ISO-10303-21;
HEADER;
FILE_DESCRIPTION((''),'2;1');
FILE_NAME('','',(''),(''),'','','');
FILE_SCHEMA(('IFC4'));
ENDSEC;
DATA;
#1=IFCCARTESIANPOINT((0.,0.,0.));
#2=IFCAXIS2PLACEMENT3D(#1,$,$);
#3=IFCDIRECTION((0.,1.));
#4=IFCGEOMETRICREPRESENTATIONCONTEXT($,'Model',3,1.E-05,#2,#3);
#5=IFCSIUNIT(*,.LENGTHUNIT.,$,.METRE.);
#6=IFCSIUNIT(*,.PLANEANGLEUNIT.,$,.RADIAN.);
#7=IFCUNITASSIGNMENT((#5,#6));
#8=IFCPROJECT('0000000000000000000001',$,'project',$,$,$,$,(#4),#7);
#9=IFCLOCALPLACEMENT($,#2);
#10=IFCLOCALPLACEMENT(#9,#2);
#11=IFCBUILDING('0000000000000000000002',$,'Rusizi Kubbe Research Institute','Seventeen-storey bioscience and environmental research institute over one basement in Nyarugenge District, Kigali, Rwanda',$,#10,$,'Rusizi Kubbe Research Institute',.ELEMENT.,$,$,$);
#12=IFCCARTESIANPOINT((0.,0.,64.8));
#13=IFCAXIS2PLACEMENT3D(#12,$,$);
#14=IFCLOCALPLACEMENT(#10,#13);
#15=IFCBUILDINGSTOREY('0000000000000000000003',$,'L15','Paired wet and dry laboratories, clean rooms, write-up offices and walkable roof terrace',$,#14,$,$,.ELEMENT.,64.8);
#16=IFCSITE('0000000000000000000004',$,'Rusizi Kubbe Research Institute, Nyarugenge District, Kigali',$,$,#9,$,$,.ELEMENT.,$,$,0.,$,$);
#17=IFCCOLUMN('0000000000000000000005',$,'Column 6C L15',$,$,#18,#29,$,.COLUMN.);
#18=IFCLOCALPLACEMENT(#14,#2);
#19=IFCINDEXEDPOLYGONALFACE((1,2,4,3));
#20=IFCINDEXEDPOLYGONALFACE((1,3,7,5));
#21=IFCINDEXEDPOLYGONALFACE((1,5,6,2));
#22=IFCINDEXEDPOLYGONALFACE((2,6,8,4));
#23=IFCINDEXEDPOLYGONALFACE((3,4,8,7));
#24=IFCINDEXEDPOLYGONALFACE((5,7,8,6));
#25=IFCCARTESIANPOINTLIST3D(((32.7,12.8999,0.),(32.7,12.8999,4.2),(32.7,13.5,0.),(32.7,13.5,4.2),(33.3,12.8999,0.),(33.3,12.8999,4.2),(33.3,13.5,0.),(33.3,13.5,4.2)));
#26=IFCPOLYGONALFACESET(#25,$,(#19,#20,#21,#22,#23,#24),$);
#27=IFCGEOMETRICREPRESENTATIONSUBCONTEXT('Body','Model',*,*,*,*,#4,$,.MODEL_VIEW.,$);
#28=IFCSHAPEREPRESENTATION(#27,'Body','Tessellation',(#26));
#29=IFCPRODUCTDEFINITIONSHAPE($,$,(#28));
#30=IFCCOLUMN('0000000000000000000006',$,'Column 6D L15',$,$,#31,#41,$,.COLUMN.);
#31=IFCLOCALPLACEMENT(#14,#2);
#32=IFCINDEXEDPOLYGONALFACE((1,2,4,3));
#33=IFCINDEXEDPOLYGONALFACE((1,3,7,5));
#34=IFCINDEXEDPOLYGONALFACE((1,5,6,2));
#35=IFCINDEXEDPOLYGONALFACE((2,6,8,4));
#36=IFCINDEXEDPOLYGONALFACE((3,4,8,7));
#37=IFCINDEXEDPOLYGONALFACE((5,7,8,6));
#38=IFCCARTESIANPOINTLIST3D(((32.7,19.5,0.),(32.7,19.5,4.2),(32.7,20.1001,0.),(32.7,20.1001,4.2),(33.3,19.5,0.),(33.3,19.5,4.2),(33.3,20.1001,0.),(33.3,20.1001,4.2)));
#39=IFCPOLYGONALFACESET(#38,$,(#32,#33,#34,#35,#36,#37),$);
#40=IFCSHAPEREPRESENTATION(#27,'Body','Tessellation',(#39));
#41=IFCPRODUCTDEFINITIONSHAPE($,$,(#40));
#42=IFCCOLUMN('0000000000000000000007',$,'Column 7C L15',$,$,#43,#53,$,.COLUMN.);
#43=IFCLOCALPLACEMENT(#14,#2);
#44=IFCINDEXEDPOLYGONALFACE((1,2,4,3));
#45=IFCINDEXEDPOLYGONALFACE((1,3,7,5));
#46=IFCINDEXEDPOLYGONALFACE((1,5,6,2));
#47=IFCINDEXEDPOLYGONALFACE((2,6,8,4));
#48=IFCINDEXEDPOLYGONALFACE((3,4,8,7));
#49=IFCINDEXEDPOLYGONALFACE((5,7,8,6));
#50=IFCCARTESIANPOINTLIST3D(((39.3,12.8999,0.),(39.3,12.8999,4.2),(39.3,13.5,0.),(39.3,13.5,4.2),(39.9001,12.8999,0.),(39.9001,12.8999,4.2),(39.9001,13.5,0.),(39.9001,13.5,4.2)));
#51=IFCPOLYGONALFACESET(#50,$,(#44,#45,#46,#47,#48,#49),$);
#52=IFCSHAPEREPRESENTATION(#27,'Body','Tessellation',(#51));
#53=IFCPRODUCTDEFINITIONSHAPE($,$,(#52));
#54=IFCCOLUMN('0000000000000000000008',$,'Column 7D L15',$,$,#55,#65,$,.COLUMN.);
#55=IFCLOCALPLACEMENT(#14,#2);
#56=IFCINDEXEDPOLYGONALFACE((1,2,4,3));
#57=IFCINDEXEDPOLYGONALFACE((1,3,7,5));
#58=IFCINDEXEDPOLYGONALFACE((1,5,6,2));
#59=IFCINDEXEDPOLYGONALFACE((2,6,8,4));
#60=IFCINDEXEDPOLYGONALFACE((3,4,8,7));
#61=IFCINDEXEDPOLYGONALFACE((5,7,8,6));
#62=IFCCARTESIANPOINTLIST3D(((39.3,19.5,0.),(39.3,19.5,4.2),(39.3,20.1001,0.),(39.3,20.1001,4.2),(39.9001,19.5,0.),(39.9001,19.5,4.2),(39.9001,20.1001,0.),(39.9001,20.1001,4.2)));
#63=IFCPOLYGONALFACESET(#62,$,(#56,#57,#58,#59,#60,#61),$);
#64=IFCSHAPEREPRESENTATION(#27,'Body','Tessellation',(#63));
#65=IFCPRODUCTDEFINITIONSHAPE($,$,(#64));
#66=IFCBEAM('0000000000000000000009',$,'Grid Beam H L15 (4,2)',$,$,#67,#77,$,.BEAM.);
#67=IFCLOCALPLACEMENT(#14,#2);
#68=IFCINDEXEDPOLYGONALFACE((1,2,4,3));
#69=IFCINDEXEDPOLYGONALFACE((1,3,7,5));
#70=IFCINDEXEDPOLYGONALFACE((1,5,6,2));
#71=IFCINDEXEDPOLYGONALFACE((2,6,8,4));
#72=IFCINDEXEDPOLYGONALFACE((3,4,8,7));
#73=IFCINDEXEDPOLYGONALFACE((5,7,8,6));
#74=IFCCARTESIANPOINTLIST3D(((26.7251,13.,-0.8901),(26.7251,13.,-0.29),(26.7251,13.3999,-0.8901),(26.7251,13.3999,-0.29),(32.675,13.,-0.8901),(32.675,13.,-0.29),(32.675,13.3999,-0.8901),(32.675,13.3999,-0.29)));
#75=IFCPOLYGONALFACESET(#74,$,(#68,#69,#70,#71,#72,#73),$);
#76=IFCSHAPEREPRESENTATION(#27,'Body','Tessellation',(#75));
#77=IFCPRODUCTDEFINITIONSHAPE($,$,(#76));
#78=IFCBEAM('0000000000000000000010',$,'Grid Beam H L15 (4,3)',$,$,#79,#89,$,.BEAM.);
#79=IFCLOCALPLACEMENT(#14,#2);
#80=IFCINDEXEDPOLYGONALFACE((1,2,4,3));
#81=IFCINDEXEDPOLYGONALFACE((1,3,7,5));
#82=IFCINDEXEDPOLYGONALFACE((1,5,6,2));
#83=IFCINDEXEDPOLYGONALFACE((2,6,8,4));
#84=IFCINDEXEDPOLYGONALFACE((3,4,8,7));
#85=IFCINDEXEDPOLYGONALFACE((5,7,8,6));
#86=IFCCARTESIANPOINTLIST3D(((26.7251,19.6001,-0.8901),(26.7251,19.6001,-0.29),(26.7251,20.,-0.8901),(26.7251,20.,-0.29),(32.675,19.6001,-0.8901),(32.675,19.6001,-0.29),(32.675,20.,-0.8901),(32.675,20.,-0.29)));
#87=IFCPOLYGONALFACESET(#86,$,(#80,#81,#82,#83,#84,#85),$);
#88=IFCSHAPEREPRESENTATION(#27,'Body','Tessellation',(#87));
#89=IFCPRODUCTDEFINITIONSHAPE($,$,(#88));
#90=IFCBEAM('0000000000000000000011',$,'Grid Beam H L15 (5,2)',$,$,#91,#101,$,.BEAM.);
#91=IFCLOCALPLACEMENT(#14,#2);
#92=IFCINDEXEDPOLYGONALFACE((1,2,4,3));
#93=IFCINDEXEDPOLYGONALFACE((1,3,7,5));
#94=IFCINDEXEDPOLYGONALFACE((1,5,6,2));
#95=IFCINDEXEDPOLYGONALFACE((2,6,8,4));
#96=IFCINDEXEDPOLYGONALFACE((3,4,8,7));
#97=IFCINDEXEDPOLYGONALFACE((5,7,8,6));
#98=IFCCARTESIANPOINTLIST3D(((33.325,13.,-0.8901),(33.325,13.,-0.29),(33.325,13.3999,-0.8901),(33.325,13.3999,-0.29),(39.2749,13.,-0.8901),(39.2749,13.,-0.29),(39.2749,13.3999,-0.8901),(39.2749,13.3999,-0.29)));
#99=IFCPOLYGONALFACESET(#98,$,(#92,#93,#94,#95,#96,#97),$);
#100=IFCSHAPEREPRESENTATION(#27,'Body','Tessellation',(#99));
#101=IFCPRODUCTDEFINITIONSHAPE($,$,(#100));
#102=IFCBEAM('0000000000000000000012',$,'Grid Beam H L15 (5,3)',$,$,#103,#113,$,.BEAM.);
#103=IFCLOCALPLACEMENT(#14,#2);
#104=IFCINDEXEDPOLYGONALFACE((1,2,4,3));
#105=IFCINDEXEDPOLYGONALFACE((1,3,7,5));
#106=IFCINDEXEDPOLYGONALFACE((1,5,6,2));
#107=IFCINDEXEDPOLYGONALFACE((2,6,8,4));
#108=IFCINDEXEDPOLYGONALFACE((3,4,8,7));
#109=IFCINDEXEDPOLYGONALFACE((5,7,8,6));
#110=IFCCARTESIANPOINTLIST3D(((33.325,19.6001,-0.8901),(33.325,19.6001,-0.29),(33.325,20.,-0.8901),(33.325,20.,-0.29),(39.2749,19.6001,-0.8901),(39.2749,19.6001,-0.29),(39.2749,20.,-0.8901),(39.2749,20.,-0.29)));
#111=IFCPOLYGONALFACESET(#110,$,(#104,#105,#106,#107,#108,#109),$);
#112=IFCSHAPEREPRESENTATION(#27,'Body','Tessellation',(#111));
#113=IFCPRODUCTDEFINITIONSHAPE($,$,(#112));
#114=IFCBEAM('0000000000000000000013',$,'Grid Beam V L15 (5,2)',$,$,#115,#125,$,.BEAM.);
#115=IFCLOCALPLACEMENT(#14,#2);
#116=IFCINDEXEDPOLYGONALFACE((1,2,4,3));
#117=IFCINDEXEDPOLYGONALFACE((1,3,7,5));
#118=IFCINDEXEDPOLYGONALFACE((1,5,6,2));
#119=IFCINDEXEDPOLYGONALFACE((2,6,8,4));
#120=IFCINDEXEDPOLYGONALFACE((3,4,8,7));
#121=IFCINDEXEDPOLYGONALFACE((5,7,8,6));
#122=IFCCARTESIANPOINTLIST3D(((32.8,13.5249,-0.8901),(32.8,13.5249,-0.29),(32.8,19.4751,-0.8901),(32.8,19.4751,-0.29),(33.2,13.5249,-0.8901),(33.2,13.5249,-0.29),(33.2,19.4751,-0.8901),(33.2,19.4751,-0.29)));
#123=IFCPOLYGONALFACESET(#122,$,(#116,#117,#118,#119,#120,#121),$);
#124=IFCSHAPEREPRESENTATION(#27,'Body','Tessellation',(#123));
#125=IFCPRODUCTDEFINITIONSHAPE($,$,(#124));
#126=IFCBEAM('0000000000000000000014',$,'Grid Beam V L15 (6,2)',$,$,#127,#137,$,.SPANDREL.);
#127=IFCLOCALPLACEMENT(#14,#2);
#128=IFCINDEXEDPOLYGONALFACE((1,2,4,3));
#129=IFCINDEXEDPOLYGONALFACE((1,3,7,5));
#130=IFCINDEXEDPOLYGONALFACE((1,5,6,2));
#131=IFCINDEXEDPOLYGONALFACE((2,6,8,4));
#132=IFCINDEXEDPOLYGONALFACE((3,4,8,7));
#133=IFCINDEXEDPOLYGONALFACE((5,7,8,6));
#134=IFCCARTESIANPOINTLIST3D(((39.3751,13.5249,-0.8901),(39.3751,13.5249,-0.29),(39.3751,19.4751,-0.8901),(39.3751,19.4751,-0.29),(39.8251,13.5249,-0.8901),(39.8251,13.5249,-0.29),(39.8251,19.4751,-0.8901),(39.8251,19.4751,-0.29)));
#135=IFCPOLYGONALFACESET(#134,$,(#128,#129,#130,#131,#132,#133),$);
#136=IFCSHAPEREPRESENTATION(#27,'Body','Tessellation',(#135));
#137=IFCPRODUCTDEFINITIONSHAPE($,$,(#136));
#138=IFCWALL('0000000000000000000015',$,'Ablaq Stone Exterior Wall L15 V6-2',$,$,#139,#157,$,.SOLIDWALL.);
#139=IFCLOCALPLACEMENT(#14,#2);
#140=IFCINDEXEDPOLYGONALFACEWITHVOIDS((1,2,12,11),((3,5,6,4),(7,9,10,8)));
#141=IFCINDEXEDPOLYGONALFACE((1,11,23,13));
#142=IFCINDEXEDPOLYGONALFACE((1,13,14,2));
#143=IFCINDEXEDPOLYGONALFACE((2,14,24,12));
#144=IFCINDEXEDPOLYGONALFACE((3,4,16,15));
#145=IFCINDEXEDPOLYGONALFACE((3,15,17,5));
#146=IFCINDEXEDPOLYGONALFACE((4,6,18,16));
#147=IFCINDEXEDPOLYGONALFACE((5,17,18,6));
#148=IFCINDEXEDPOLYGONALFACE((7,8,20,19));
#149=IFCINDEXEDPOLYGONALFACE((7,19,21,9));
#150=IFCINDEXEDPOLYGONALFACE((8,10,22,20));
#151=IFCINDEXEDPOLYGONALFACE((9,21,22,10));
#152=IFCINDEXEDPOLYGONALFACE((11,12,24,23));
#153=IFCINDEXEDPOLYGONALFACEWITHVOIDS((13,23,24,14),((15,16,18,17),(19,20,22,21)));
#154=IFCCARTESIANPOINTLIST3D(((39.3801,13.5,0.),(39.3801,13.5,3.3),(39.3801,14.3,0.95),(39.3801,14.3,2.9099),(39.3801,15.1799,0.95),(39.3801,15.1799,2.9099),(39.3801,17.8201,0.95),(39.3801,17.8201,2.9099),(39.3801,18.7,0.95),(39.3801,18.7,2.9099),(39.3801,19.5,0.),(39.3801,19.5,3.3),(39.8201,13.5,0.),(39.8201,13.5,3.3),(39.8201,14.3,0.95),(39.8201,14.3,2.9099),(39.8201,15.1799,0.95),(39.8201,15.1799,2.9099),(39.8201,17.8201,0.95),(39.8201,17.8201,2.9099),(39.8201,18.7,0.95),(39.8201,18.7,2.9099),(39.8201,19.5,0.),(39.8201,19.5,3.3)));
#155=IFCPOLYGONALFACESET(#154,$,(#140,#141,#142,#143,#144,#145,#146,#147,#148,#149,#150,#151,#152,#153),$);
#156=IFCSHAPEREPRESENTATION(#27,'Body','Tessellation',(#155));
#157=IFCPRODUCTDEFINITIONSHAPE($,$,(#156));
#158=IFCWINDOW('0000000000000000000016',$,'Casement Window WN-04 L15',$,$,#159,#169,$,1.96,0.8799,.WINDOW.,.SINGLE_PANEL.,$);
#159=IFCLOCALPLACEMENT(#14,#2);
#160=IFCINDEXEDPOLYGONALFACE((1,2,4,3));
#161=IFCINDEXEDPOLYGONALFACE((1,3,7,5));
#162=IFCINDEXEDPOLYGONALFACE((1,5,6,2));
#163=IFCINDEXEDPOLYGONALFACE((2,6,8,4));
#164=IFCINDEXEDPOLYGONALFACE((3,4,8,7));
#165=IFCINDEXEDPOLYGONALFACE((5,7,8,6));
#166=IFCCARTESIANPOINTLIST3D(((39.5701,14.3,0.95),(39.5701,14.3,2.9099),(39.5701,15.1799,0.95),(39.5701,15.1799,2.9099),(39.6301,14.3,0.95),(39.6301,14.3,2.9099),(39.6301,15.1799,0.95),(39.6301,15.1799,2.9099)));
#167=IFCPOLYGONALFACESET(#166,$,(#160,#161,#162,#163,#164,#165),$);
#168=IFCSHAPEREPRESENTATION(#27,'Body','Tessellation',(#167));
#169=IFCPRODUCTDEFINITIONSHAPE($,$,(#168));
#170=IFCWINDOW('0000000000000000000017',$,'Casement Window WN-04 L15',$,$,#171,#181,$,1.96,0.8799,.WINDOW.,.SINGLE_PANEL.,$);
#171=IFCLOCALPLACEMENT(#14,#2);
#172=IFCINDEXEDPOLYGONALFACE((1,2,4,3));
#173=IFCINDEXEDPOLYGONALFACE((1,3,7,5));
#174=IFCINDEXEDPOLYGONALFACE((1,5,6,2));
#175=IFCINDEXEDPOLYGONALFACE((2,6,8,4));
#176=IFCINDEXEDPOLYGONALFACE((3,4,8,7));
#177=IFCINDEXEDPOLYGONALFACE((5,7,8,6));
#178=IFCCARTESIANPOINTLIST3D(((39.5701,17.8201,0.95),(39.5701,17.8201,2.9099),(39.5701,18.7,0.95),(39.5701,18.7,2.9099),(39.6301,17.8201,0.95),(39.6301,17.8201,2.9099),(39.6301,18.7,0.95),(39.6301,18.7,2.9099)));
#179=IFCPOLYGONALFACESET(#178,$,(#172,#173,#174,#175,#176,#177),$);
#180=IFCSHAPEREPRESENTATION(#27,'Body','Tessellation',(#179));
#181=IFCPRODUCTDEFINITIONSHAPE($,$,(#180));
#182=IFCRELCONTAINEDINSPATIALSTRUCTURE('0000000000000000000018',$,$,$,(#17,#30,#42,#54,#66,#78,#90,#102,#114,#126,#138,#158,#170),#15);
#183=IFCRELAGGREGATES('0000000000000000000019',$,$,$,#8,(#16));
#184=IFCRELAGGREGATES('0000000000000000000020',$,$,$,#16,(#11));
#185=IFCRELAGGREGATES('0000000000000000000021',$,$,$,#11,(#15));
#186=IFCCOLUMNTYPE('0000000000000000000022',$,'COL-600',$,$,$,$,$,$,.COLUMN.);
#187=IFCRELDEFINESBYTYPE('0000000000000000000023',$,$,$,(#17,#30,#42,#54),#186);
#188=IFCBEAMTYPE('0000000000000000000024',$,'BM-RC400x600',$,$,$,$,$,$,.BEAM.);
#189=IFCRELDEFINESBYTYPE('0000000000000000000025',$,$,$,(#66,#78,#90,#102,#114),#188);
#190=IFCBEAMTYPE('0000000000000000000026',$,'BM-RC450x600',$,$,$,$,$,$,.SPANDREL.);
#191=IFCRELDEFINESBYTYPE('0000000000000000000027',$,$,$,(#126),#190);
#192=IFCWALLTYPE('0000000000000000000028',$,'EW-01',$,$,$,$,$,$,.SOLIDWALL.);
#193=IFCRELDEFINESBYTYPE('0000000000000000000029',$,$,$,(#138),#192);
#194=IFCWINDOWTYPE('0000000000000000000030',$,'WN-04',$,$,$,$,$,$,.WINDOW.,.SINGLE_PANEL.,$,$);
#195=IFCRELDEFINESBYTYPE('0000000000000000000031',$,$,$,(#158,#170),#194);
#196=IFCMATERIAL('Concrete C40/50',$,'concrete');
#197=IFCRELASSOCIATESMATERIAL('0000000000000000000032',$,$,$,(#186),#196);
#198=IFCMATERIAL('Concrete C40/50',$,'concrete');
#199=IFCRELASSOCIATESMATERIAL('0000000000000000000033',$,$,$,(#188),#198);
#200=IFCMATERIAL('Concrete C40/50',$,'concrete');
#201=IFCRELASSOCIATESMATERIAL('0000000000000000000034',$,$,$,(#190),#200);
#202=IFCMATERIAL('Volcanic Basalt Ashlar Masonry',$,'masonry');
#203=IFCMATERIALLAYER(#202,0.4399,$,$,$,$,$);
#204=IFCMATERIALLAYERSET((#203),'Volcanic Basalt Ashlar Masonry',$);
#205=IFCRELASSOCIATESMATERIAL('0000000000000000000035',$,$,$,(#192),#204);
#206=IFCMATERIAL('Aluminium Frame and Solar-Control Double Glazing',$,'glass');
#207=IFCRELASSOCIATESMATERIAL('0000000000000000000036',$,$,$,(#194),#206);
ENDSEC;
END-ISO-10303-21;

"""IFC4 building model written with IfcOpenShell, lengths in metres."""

from ifc_helpers import new_model, si_unit, direction, frame, frame_2d, origin, origin_2d, place, context, subcontext, project, spatial, rectangle, extrude, material, layer, layer_set, material_profile, profile_set, type_object, element, fill, save


model = new_model("IFC4")

# Units and contexts
model_context = context("Model", 3, precision=1e-05, world=origin(), true_north=direction((0.0, 1.0)))
body_context = subcontext(model_context, "Body", "Model", "MODEL_VIEW")
ifc_project = project(units=[si_unit("LENGTHUNIT", "METRE"), si_unit("PLANEANGLEUNIT", "RADIAN")], contexts=[model_context])

# Site, building, storey
site_placement = place(None, origin())
site = spatial("IfcSite", under=ifc_project, at=site_placement, Name="Rusizi Kubbe Research Institute, Nyarugenge District, Kigali", CompositionType="ELEMENT", RefElevation=0.0)
building_placement = place(site_placement, origin())
building = spatial("IfcBuilding", under=site, at=building_placement, Name="Rusizi Kubbe Research Institute", Description="Seventeen-storey bioscience and environmental research institute over one basement in Nyarugenge District, Kigali, Rwanda", LongName="Rusizi Kubbe Research Institute", CompositionType="ELEMENT")
storey_placement = place(building_placement, frame((0.0, 0.0, 64.8)))
storey = spatial("IfcBuildingStorey", under=building, at=storey_placement, Name="L15", Description="Paired wet and dry laboratories, clean rooms, write-up offices and walkable roof terrace", CompositionType="ELEMENT", Elevation=64.8)

# Columns
ifc_material_1 = material(Name="Concrete C40/50", Category="concrete")
ifc_material_profile_1 = material_profile(ifc_material_1, rectangle(XDim=0.6001, YDim=0.6001, at=origin_2d()), Name="RC600x600")
ifc_profile_set_1 = profile_set([ifc_material_profile_1], Name="Concrete C40/50")
column_type = type_object("IfcColumnType", Name="COL-600", PredefinedType="COLUMN", material=ifc_profile_set_1)
for number, where, z_axis, x_axis, name in (
    (1, (33.0, 13.2, 0.0), (0.0, 0.0, 1.0), (1.0, 0.0, 0.0), "Column 6C L15"),
    (2, (33.0, 19.8, 0.0), (0.0, 0.0, 1.0), (1.0, 0.0, 0.0), "Column 6D L15"),
    (3, (39.6001, 13.2, 0.0), (0.0, 0.0, 1.0), (1.0, 0.0, 0.0), "Column 7C L15"),
    (4, (39.6001, 19.8, 0.0), (0.0, 0.0, 1.0), (1.0, 0.0, 0.0), "Column 7D L15"),
):
    element("IfcColumn", number, at=place(storey_placement, frame(where, z_axis=z_axis, x_axis=x_axis)), inside=storey, type_object=column_type, Name=name, PredefinedType="COLUMN", context=body_context, shape_type="SweptSolid", body=[
        extrude(rectangle(XDim=0.6001, YDim=0.6001, at=origin_2d()), origin(), (0.0, 0.0, 1.0), 4.2),
    ])

# Beams
ifc_material_2 = material(Name="Concrete C40/50", Category="concrete")
ifc_material_profile_2 = material_profile(ifc_material_2, rectangle(XDim=0.3999, YDim=0.6001, at=origin_2d()), Name="RC400x600")
ifc_profile_set_2 = profile_set([ifc_material_profile_2], Name="Concrete C40/50")
beam_type_1 = type_object("IfcBeamType", Name="BM-RC400x600", PredefinedType="BEAM", material=ifc_profile_set_2)
for number, where, z_axis, x_axis, name in (
    (5, (26.7251, 13.2, -0.5901), (1.0, 0.0, 0.0), (0.0, 1.0, 0.0), "Grid Beam H L15 (4,2)"),
    (6, (26.7251, 19.8, -0.5901), (1.0, 0.0, 0.0), (0.0, 1.0, 0.0), "Grid Beam H L15 (4,3)"),
    (7, (33.325, 13.2, -0.5901), (1.0, 0.0, 0.0), (0.0, 1.0, 0.0), "Grid Beam H L15 (5,2)"),
    (8, (33.325, 19.8, -0.5901), (1.0, 0.0, 0.0), (0.0, 1.0, 0.0), "Grid Beam H L15 (5,3)"),
):
    element("IfcBeam", number, at=place(storey_placement, frame(where, z_axis=z_axis, x_axis=x_axis)), inside=storey, type_object=beam_type_1, Name=name, PredefinedType="BEAM", context=body_context, shape_type="SweptSolid", body=[
        extrude(rectangle(XDim=0.3999, YDim=0.6001, at=origin_2d()), origin(), (0.0, 0.0, 1.0), 5.95),
    ])
beam_1_placement = place(storey_placement, frame((33.0, 13.5249, -0.5901), z_axis=(0.0, 1.0, 0.0), x_axis=(-1.0, 0.0, 0.0)))
element("IfcBeam", 9, at=beam_1_placement, inside=storey, type_object=beam_type_1, Name="Grid Beam V L15 (5,2)", PredefinedType="BEAM", context=body_context, shape_type="SweptSolid", body=[
    extrude(rectangle(XDim=0.3999, YDim=0.6001, at=origin_2d()), origin(), (0.0, 0.0, 1.0), 5.9502),
])
ifc_material_3 = material(Name="Concrete C40/50", Category="concrete")
ifc_material_profile_3 = material_profile(ifc_material_3, rectangle(XDim=0.45, YDim=0.6001, at=origin_2d()), Name="RC450x600")
ifc_profile_set_3 = profile_set([ifc_material_profile_3], Name="Concrete C40/50")
beam_type_2 = type_object("IfcBeamType", Name="BM-RC450x600", PredefinedType="SPANDREL", material=ifc_profile_set_3)
beam_2_placement = place(storey_placement, frame((39.6001, 13.5249, -0.5901), z_axis=(0.0, 1.0, 0.0), x_axis=(-1.0, 0.0, 0.0)))
element("IfcBeam", 10, at=beam_2_placement, inside=storey, type_object=beam_type_2, Name="Grid Beam V L15 (6,2)", PredefinedType="SPANDREL", context=body_context, shape_type="SweptSolid", body=[
    extrude(rectangle(XDim=0.45, YDim=0.6001, at=origin_2d()), origin(), (0.0, 0.0, 1.0), 5.9502),
])

# Wall, openings, windows
ifc_material_4 = material(Name="Volcanic Basalt Ashlar Masonry", Category="masonry")
ifc_layer_1 = layer(ifc_material_4, 0.4399)
ifc_layer_set_1 = layer_set([ifc_layer_1], Name="Volcanic Basalt Ashlar Masonry")
wall_type_1 = type_object("IfcWallType", Name="EW-01", PredefinedType="SOLIDWALL", material=ifc_layer_set_1)
wall_1_placement = place(storey_placement, frame((39.6001, 13.5, 0.0), z_axis=(0.0, 0.0, 1.0), x_axis=(0.0, 1.0, 0.0)))
wall_1 = element("IfcWall", 11, at=wall_1_placement, inside=storey, type_object=wall_type_1, Name="Ablaq Stone Exterior Wall L15 V6-2", PredefinedType="SOLIDWALL", context=body_context, shape_type="SweptSolid", body=[
    extrude(rectangle(XDim=6.0, YDim=0.4399, at=frame_2d((3.0, 0.0))), origin(), (0.0, 0.0, 1.0), 3.3),
])
opening_1_placement = place(wall_1_placement, frame((0.8, 0.0, 0.95)))
opening_1 = element("IfcOpeningElement", 12, at=opening_1_placement, cuts=wall_1, PredefinedType="OPENING", context=body_context, shape_type="SweptSolid", body=[
    extrude(rectangle(XDim=0.8799, YDim=1.96, at=frame_2d((0.4399, 0.98))), frame((0.0, 0.23, 0.0), z_axis=(0.0, -1.0, 0.0), x_axis=(1.0, 0.0, 0.0)), (0.0, 0.0, 1.0), 0.46),
])
opening_2_placement = place(wall_1_placement, frame((4.3201, 0.0, 0.95)))
opening_2 = element("IfcOpeningElement", 13, at=opening_2_placement, cuts=wall_1, PredefinedType="OPENING", context=body_context, shape_type="SweptSolid", body=[
    extrude(rectangle(XDim=0.8799, YDim=1.96, at=frame_2d((0.4399, 0.98))), frame((0.0, 0.23, 0.0), z_axis=(0.0, -1.0, 0.0), x_axis=(1.0, 0.0, 0.0)), (0.0, 0.0, 1.0), 0.46),
])
ifc_material_5 = material(Name="Aluminium Frame and Solar-Control Double Glazing", Category="glass")
window_type = type_object("IfcWindowType", Name="WN-04", PartitioningType="SINGLE_PANEL", PredefinedType="WINDOW", material=ifc_material_5)
window_1_placement = place(opening_1_placement, origin())
window_1 = element("IfcWindow", 14, at=window_1_placement, inside=storey, type_object=window_type, Name="Casement Window WN-04 L15", OverallHeight=1.96, OverallWidth=0.8799, PartitioningType="SINGLE_PANEL", PredefinedType="WINDOW", context=body_context, shape_type="SweptSolid", body=[
    extrude(rectangle(XDim=0.8799, YDim=1.96, at=frame_2d((0.4399, 0.98))), frame((0.0, 0.03, 0.0), z_axis=(0.0, -1.0, 0.0), x_axis=(1.0, 0.0, 0.0)), (0.0, 0.0, 1.0), 0.0601),
])
fill(opening_1, window_1)
window_2_placement = place(opening_2_placement, origin())
window_2 = element("IfcWindow", 15, at=window_2_placement, inside=storey, type_object=window_type, Name="Casement Window WN-04 L15", OverallHeight=1.96, OverallWidth=0.8799, PartitioningType="SINGLE_PANEL", PredefinedType="WINDOW", context=body_context, shape_type="SweptSolid", body=[
    extrude(rectangle(XDim=0.8799, YDim=1.96, at=frame_2d((0.4399, 0.98))), frame((0.0, 0.03, 0.0), z_axis=(0.0, -1.0, 0.0), x_axis=(1.0, 0.0, 0.0)), (0.0, 0.0, 1.0), 0.0601),
])
fill(opening_2, window_2)

save(model, "model.ifc")
